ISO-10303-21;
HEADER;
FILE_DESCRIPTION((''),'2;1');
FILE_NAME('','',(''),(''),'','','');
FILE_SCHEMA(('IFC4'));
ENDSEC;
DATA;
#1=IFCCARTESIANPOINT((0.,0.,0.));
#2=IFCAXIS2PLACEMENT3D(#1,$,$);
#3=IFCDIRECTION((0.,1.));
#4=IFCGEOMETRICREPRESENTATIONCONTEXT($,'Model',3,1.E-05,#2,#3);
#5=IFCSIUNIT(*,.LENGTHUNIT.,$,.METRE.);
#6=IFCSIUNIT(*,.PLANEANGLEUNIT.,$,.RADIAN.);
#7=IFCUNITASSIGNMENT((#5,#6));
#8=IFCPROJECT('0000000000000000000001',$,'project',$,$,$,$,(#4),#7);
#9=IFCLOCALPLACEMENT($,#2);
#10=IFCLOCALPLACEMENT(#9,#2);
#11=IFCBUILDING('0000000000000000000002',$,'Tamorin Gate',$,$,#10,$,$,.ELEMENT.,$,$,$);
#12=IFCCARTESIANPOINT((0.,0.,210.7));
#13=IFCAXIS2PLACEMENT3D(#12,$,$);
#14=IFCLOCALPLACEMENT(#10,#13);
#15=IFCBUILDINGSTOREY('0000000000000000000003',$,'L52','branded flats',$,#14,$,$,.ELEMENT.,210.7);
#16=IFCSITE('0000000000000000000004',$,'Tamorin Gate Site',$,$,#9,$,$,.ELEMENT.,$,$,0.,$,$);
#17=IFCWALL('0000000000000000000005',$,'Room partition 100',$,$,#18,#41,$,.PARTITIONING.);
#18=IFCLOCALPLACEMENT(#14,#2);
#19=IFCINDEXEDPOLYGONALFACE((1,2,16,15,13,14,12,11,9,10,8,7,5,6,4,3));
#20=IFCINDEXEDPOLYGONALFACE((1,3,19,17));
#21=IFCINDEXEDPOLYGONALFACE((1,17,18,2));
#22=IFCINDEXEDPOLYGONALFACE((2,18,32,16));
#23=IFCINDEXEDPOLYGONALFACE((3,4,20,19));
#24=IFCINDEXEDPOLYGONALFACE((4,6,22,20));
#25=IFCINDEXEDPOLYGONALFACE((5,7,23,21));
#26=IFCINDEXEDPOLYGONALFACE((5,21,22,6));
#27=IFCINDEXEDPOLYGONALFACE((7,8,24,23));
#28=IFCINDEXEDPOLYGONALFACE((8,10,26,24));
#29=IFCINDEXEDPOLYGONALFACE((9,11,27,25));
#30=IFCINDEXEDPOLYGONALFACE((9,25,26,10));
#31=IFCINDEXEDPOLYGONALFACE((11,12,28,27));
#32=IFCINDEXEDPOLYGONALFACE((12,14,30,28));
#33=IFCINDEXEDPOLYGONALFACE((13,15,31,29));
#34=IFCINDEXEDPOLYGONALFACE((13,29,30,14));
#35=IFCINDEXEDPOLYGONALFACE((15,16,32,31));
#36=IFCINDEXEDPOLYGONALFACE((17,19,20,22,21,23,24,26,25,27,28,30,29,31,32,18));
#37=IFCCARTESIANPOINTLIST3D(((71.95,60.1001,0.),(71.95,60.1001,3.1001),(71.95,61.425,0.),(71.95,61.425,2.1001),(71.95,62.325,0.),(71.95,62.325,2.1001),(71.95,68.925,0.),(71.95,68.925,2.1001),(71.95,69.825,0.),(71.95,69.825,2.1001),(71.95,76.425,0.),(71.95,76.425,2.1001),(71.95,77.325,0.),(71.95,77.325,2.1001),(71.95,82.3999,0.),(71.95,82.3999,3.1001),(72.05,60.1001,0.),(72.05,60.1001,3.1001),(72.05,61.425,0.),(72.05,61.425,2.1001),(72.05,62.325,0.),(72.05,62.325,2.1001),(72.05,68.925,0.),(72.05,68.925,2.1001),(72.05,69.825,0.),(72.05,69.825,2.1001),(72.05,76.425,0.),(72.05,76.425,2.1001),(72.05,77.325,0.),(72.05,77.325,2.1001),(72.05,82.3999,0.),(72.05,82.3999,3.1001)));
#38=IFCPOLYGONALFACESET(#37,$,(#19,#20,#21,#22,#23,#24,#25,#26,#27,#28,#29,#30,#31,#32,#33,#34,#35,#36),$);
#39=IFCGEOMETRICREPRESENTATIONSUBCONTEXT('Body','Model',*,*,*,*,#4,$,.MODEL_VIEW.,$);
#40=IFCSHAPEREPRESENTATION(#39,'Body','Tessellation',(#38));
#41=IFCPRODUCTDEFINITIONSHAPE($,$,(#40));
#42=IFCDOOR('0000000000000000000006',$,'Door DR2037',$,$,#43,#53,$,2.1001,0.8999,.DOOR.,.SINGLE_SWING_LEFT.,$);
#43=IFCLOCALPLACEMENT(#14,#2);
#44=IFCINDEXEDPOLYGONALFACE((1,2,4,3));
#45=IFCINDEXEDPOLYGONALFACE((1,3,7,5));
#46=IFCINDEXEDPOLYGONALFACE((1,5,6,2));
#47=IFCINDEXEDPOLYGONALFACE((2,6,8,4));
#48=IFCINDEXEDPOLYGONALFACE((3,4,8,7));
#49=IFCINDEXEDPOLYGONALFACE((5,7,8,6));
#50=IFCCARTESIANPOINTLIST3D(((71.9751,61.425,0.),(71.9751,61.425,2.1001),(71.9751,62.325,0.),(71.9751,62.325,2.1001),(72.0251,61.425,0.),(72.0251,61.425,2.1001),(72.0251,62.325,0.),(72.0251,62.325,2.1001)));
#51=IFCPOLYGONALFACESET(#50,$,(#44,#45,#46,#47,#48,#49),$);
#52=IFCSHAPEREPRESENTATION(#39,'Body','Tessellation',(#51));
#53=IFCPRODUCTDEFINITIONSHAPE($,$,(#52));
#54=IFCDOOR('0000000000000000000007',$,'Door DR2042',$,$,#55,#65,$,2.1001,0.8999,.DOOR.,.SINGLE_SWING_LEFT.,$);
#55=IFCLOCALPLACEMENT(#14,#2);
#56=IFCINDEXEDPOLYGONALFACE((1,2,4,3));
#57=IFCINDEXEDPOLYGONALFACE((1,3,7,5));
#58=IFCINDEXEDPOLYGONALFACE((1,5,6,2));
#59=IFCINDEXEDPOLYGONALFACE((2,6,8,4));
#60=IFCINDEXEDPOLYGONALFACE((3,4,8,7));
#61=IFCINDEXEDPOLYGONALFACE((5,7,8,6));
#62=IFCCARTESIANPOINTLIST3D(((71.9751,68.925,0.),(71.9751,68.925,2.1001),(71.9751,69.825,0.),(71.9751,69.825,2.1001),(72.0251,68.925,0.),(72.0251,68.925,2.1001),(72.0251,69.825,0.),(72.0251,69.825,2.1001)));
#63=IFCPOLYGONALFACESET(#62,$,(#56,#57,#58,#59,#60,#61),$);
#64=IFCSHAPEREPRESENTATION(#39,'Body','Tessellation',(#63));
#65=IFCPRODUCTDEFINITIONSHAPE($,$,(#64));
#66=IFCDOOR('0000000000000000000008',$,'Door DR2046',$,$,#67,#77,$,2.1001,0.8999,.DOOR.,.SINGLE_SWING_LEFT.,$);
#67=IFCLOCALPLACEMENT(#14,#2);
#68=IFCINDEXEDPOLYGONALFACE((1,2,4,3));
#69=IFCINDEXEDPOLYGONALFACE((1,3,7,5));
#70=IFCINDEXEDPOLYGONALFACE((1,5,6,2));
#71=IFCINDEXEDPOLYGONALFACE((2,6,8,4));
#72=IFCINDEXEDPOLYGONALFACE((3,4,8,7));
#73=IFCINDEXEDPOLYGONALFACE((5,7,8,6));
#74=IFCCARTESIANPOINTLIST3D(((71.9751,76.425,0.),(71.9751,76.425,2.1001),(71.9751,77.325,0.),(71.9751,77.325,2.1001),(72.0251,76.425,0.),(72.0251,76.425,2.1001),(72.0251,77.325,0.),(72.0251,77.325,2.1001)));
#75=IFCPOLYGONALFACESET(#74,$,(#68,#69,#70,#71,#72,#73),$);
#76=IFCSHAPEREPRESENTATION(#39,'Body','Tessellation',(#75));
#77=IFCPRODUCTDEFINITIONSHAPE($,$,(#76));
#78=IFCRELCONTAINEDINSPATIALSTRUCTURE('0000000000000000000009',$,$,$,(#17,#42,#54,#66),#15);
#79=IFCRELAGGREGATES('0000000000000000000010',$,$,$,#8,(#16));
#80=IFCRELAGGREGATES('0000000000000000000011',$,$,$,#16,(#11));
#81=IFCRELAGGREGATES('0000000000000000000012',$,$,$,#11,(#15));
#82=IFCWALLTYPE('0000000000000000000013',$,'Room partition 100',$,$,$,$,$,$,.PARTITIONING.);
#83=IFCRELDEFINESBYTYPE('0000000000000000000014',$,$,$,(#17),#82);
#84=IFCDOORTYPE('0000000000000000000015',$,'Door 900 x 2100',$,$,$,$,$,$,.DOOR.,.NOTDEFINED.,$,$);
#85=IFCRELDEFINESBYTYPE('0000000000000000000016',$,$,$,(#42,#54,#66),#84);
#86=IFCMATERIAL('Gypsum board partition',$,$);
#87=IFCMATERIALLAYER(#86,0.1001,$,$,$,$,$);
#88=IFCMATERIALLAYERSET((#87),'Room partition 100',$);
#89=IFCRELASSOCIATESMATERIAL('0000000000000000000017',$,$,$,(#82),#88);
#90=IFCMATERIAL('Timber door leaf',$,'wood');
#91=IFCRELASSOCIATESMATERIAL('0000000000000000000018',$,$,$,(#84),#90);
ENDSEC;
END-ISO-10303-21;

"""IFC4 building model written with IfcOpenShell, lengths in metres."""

from ifc_helpers import new_model, si_unit, direction, frame, frame_2d, origin, place, context, subcontext, project, spatial, rectangle, extrude, material, layer, layer_set, type_object, element, fill, save


model = new_model("IFC4")

# Units and contexts
model_context = context("Model", 3, precision=1e-05, world=origin(), true_north=direction((0.0, 1.0)))
body_context = subcontext(model_context, "Body", "Model", "MODEL_VIEW")
ifc_project = project(units=[si_unit("LENGTHUNIT", "METRE"), si_unit("PLANEANGLEUNIT", "RADIAN")], contexts=[model_context])

# Site, building, storey
site_placement = place(None, origin())
site = spatial("IfcSite", under=ifc_project, at=site_placement, Name="Tamorin Gate Site", CompositionType="ELEMENT", RefElevation=0.0)
building_placement = place(site_placement, origin())
building = spatial("IfcBuilding", under=site, at=building_placement, Name="Tamorin Gate", CompositionType="ELEMENT")
storey_placement = place(building_placement, frame((0.0, 0.0, 210.7)))
storey = spatial("IfcBuildingStorey", under=building, at=storey_placement, Name="L52", Description="branded flats", CompositionType="ELEMENT", Elevation=210.7)

# Wall, openings, doors
ifc_material_1 = material(Name="Gypsum board partition")
ifc_layer_1 = layer(ifc_material_1, 0.1001)
ifc_layer_set_1 = layer_set([ifc_layer_1], Name="Room partition 100")
wall_type_1 = type_object("IfcWallType", Name="Room partition 100", PredefinedType="PARTITIONING", material=ifc_layer_set_1)
wall_1_placement = place(storey_placement, frame((72.0, 60.1001, 0.0), z_axis=(0.0, 0.0, 1.0), x_axis=(0.0, 1.0, 0.0)))
wall_1 = element("IfcWall", 1, at=wall_1_placement, inside=storey, type_object=wall_type_1, Name="Room partition 100", PredefinedType="PARTITIONING", context=body_context, shape_type="SweptSolid", body=[
    extrude(rectangle(XDim=22.2998, YDim=0.1001, at=frame_2d((11.1499, 0.0))), origin(), (0.0, 0.0, 1.0), 3.1001),
])
opening_1_placement = place(wall_1_placement, frame((1.325, 0.0, 0.0)))
opening_1 = element("IfcOpeningElement", 2, at=opening_1_placement, cuts=wall_1, PredefinedType="OPENING", context=body_context, shape_type="SweptSolid", body=[
    extrude(rectangle(XDim=0.8999, YDim=2.1001, at=frame_2d((0.45, 1.05))), frame((0.0, 0.0601, 0.0), z_axis=(0.0, -1.0, 0.0), x_axis=(1.0, 0.0, 0.0)), (0.0, 0.0, 1.0), 0.1201),
])
opening_2_placement = place(wall_1_placement, frame((8.825, 0.0, 0.0)))
opening_2 = element("IfcOpeningElement", 3, at=opening_2_placement, cuts=wall_1, PredefinedType="OPENING", context=body_context, shape_type="SweptSolid", body=[
    extrude(rectangle(XDim=0.8999, YDim=2.1001, at=frame_2d((0.45, 1.05))), frame((0.0, 0.0601, 0.0), z_axis=(0.0, -1.0, 0.0), x_axis=(1.0, 0.0, 0.0)), (0.0, 0.0, 1.0), 0.1201),
])
opening_3_placement = place(wall_1_placement, frame((16.325, 0.0, 0.0)))
opening_3 = element("IfcOpeningElement", 4, at=opening_3_placement, cuts=wall_1, PredefinedType="OPENING", context=body_context, shape_type="SweptSolid", body=[
    extrude(rectangle(XDim=0.8999, YDim=2.1001, at=frame_2d((0.45, 1.05))), frame((0.0, 0.0601, 0.0), z_axis=(0.0, -1.0, 0.0), x_axis=(1.0, 0.0, 0.0)), (0.0, 0.0, 1.0), 0.1201),
])
ifc_material_2 = material(Name="Timber door leaf", Category="wood")
door_type = type_object("IfcDoorType", Name="Door 900 x 2100", OperationType="NOTDEFINED", PredefinedType="DOOR", material=ifc_material_2)
door_1_placement = place(opening_1_placement, origin())
door_1 = element("IfcDoor", 5, at=door_1_placement, inside=storey, type_object=door_type, Name="Door DR2037", OperationType="SINGLE_SWING_LEFT", OverallHeight=2.1001, OverallWidth=0.8999, PredefinedType="DOOR", context=body_context, shape_type="SweptSolid", body=[
    extrude(rectangle(XDim=0.8999, YDim=2.1001, at=frame_2d((0.45, 1.05))), frame((0.0, 0.0249, 0.0), z_axis=(0.0, -1.0, 0.0), x_axis=(1.0, 0.0, 0.0)), (0.0, 0.0, 1.0), 0.05),
])
fill(opening_1, door_1)
door_2_placement = place(opening_2_placement, origin())
door_2 = element("IfcDoor", 6, at=door_2_placement, inside=storey, type_object=door_type, Name="Door DR2042", OperationType="SINGLE_SWING_LEFT", OverallHeight=2.1001, OverallWidth=0.8999, PredefinedType="DOOR", context=body_context, shape_type="SweptSolid", body=[
    extrude(rectangle(XDim=0.8999, YDim=2.1001, at=frame_2d((0.45, 1.05))), frame((0.0, 0.0249, 0.0), z_axis=(0.0, -1.0, 0.0), x_axis=(1.0, 0.0, 0.0)), (0.0, 0.0, 1.0), 0.05),
])
fill(opening_2, door_2)
door_3_placement = place(opening_3_placement, origin())
door_3 = element("IfcDoor", 7, at=door_3_placement, inside=storey, type_object=door_type, Name="Door DR2046", OperationType="SINGLE_SWING_LEFT", OverallHeight=2.1001, OverallWidth=0.8999, PredefinedType="DOOR", context=body_context, shape_type="SweptSolid", body=[
    extrude(rectangle(XDim=0.8999, YDim=2.1001, at=frame_2d((0.45, 1.05))), frame((0.0, 0.0249, 0.0), z_axis=(0.0, -1.0, 0.0), x_axis=(1.0, 0.0, 0.0)), (0.0, 0.0, 1.0), 0.05),
])
fill(opening_3, door_3)

save(model, "model.ifc")
